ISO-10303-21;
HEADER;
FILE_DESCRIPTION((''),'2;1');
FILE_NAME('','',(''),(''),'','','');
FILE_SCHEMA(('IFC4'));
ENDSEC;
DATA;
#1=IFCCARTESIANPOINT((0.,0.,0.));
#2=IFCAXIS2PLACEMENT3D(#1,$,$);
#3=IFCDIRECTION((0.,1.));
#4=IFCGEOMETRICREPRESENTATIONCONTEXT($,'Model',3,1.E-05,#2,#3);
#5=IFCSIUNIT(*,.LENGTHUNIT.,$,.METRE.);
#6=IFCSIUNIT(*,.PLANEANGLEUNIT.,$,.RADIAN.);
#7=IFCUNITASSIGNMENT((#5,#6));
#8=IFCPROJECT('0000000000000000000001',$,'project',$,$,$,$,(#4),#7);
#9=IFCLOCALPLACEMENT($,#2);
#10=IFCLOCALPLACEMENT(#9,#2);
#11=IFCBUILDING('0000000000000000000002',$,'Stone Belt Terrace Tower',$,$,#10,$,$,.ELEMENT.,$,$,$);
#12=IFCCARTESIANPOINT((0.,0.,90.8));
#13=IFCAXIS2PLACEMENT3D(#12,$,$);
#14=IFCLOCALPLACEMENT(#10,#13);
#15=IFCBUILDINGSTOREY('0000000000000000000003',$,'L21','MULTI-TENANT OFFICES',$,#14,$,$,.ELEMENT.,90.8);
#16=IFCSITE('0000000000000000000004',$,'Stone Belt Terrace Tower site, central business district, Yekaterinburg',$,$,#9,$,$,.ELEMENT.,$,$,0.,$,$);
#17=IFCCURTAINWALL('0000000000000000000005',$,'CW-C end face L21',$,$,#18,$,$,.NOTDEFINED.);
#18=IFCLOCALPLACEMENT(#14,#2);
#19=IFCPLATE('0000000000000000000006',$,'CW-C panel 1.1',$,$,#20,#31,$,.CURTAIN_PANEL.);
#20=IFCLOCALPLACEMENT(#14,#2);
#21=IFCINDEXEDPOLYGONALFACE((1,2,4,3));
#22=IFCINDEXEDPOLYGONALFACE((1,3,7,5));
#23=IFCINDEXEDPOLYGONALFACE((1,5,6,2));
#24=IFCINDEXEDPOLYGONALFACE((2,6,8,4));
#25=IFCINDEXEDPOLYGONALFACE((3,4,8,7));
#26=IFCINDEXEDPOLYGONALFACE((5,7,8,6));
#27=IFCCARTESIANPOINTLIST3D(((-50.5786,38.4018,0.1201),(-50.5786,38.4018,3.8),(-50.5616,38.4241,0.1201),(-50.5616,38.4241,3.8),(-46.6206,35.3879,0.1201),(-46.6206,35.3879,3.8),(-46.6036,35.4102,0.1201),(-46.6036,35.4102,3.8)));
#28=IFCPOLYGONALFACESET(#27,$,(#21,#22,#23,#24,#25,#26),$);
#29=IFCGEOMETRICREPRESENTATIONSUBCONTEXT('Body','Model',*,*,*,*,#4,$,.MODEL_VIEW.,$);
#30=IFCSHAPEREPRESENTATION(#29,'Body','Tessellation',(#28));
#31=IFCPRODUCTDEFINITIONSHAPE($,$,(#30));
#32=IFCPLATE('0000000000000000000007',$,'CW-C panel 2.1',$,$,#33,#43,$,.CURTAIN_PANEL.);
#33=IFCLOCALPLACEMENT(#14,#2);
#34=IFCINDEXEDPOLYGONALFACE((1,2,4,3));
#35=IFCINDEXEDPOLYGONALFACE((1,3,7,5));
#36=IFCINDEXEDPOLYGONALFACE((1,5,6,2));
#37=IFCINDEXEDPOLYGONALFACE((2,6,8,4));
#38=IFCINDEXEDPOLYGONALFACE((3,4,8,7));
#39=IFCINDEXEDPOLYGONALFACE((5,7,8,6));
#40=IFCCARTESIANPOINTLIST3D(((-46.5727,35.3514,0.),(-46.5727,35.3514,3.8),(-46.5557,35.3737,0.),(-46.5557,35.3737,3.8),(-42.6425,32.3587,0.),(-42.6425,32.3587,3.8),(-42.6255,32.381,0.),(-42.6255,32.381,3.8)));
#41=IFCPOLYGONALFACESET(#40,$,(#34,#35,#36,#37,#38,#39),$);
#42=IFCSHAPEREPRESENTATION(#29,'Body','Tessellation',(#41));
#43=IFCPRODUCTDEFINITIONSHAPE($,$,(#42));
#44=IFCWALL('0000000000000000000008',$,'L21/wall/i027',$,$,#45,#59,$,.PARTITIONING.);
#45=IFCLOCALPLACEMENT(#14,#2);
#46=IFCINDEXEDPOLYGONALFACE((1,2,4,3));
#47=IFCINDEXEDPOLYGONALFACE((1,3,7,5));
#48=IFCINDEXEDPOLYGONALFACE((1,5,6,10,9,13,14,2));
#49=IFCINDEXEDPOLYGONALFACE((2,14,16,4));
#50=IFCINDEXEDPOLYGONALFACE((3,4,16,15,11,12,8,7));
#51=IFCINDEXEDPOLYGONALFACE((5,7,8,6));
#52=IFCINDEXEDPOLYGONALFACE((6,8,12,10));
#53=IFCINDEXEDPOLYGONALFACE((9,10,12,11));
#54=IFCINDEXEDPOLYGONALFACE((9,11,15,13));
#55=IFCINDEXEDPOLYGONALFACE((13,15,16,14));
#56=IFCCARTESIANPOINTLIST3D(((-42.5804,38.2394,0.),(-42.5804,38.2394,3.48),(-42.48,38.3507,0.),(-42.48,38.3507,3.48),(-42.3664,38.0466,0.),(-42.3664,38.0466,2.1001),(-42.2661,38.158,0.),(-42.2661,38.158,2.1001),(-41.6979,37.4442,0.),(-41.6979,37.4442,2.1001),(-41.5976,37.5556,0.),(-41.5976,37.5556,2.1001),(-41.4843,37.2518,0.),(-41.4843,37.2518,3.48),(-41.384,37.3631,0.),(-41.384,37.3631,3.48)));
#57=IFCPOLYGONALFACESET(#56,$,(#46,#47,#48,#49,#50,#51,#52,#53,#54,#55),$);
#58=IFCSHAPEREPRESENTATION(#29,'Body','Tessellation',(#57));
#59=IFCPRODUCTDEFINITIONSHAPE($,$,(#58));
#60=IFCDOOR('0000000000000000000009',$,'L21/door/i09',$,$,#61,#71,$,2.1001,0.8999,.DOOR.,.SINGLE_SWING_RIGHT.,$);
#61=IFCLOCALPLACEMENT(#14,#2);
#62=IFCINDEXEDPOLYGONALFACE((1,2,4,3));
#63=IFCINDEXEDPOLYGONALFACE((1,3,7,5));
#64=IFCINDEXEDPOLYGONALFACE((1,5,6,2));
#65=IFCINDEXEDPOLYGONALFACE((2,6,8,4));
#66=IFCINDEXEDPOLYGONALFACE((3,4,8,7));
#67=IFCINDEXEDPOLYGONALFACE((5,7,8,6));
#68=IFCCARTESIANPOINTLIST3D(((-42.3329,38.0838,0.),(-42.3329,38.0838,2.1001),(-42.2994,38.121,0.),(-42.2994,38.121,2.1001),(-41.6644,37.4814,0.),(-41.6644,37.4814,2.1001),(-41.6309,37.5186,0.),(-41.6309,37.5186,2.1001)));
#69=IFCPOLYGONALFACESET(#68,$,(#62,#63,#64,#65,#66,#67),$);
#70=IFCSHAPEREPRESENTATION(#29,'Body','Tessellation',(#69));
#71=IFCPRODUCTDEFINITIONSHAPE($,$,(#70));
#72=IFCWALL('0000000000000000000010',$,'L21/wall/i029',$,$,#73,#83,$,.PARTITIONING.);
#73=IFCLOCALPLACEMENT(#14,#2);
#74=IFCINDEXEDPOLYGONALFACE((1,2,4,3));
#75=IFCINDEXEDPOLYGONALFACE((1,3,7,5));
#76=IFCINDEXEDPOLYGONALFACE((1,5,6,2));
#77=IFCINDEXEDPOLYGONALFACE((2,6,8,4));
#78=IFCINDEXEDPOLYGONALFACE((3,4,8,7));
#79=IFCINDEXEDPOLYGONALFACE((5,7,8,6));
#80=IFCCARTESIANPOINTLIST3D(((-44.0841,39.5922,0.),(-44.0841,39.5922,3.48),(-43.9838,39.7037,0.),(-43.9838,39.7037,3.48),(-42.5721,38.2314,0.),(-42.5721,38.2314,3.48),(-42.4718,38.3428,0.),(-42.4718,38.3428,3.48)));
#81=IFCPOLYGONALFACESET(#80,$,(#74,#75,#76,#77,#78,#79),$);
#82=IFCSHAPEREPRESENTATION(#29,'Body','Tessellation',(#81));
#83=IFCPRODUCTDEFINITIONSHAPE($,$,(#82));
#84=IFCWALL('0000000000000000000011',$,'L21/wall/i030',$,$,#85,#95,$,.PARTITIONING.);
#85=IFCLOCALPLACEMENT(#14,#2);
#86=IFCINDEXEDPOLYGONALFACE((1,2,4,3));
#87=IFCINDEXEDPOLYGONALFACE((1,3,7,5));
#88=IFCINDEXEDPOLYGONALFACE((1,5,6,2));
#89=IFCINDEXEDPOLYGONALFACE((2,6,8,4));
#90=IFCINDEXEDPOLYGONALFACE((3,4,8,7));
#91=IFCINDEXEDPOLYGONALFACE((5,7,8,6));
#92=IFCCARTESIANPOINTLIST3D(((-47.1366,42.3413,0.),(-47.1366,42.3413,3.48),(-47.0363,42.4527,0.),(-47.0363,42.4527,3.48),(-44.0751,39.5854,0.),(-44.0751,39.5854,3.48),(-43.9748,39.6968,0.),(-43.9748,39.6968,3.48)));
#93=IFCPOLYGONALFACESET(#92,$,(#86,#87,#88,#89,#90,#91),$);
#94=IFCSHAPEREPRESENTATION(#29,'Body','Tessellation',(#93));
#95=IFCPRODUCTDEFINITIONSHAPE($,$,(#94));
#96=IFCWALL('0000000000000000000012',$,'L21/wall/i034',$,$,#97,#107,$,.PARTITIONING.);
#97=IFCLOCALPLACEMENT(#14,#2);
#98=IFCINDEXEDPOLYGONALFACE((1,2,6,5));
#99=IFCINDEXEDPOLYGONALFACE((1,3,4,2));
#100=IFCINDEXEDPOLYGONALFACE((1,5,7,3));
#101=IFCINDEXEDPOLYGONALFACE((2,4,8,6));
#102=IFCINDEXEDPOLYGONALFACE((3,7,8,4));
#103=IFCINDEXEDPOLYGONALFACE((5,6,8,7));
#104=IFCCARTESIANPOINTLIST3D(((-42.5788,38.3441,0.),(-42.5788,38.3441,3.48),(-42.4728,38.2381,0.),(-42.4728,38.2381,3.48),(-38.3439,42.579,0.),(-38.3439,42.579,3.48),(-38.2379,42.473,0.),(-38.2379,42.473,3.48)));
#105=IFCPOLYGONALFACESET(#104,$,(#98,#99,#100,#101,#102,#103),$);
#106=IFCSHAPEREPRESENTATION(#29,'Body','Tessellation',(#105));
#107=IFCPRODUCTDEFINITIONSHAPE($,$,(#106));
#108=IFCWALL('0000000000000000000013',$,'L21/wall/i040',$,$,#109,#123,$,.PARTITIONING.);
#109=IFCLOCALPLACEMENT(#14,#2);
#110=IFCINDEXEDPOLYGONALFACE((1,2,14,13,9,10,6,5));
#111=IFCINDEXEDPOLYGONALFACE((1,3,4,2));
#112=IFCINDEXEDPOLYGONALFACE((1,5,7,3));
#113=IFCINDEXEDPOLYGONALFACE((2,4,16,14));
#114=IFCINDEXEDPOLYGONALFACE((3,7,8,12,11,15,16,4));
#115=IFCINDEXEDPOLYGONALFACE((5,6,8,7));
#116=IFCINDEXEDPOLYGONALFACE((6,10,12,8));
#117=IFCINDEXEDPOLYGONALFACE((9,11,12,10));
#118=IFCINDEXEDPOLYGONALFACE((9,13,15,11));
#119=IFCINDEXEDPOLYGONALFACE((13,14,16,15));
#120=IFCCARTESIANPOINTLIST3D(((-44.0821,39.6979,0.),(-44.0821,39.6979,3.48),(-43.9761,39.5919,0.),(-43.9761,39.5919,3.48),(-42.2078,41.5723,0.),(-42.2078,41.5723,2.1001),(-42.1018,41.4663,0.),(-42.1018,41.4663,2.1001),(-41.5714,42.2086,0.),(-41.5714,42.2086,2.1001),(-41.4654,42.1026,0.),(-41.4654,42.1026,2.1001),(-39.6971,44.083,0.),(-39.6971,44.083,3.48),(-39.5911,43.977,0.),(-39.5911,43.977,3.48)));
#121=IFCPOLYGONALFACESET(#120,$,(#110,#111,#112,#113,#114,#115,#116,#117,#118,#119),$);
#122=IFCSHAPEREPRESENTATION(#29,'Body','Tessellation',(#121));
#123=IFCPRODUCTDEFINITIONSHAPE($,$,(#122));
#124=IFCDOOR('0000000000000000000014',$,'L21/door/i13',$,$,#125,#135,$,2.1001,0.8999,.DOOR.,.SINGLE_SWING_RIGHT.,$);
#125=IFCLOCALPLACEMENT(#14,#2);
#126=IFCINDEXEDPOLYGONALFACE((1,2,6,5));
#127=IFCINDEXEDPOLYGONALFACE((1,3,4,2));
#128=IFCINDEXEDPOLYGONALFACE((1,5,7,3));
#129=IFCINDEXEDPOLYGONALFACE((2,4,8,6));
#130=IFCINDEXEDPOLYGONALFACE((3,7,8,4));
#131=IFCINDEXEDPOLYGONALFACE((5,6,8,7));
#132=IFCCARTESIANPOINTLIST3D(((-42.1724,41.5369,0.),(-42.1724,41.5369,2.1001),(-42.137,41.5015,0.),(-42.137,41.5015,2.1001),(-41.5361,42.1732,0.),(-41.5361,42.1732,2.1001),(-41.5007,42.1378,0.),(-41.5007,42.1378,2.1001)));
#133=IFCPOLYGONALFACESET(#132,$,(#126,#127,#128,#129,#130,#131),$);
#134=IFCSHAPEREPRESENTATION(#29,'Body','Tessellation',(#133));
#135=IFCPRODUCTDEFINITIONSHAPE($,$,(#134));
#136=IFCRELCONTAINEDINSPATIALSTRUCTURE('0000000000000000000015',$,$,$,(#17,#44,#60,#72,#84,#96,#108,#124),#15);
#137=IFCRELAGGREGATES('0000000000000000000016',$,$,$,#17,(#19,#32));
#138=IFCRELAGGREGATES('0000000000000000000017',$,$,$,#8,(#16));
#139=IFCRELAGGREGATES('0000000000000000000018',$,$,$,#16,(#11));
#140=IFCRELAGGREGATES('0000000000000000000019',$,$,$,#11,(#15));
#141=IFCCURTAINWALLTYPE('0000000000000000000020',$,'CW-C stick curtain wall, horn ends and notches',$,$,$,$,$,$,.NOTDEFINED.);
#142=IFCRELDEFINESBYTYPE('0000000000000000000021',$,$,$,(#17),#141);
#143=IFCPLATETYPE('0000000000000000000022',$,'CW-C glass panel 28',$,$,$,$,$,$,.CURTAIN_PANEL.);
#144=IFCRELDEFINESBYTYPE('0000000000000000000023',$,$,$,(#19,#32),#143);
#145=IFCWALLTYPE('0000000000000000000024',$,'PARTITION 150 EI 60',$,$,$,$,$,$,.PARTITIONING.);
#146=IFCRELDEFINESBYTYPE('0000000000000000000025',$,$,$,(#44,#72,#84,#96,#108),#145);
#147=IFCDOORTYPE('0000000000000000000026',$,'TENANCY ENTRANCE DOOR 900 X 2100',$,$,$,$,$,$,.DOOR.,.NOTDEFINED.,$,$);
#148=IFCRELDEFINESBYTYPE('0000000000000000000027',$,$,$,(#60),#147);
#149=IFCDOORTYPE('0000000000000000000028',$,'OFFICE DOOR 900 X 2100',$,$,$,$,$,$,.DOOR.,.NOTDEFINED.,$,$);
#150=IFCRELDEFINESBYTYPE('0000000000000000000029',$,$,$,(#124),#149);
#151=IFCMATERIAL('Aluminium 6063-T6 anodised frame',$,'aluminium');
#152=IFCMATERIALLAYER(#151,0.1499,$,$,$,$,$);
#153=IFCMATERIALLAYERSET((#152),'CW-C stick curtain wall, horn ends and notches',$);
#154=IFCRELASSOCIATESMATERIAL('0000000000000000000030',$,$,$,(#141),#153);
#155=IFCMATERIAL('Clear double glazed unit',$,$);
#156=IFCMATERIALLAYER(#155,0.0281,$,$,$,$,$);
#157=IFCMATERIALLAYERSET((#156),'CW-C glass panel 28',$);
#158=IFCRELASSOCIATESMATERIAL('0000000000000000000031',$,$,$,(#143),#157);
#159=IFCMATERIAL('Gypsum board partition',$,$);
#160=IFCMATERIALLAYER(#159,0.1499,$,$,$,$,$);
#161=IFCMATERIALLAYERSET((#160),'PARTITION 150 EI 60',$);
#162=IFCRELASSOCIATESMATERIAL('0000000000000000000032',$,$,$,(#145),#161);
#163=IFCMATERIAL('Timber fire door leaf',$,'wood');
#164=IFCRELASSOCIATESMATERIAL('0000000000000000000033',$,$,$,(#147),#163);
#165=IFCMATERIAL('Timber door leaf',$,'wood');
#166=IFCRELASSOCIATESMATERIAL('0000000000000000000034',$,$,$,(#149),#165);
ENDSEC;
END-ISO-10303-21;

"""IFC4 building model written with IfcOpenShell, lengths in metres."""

from ifc_helpers import new_model, si_unit, direction, frame, frame_2d, origin, origin_2d, place, context, subcontext, project, spatial, rectangle, extrude, material, layer, layer_set, type_object, element, fill, aggregate, save


model = new_model("IFC4")

# Units and contexts
model_context = context("Model", 3, precision=1e-05, world=origin(), true_north=direction((0.0, 1.0)))
body_context = subcontext(model_context, "Body", "Model", "MODEL_VIEW")
ifc_project = project(units=[si_unit("LENGTHUNIT", "METRE"), si_unit("PLANEANGLEUNIT", "RADIAN")], contexts=[model_context])

# Site, building, storey
site_placement = place(None, origin())
site = spatial("IfcSite", under=ifc_project, at=site_placement, Name="Stone Belt Terrace Tower site, central business district, Yekaterinburg", CompositionType="ELEMENT", RefElevation=0.0)
building_placement = place(site_placement, origin())
building = spatial("IfcBuilding", under=site, at=building_placement, Name="Stone Belt Terrace Tower", CompositionType="ELEMENT")
storey_placement = place(building_placement, frame((0.0, 0.0, 90.8)))
storey = spatial("IfcBuildingStorey", under=building, at=storey_placement, Name="L21", Description="MULTI-TENANT OFFICES", CompositionType="ELEMENT", Elevation=90.8)

# Curtain wall
ifc_material_1 = material(Name="Aluminium 6063-T6 anodised frame", Category="aluminium")
ifc_layer_1 = layer(ifc_material_1, 0.1499)
ifc_layer_set_1 = layer_set([ifc_layer_1], Name="CW-C stick curtain wall, horn ends and notches")
curtain_wall_type = type_object("IfcCurtainWallType", Name="CW-C stick curtain wall, horn ends and notches", PredefinedType="NOTDEFINED", material=ifc_layer_set_1)
curtain_wall_1_placement = place(storey_placement, origin())
curtain_wall_1 = element("IfcCurtainWall", 1, at=curtain_wall_1_placement, inside=storey, type_object=curtain_wall_type, Name="CW-C end face L21", PredefinedType="NOTDEFINED")

# Shared definitions
ifc_material_2 = material(Name="Clear double glazed unit")
ifc_layer_2 = layer(ifc_material_2, 0.0281)
ifc_layer_set_2 = layer_set([ifc_layer_2], Name="CW-C glass panel 28")
plate_type = type_object("IfcPlateType", Name="CW-C glass panel 28", PredefinedType="CURTAIN_PANEL", material=ifc_layer_set_2)

# Plates
plate_1_placement = place(storey_placement, frame((-48.5911, 36.906, 0.1201), z_axis=(0.0, 0.0, 1.0), x_axis=(0.795602, -0.60582, 0.0)))
plate_1 = element("IfcPlate", 2, at=plate_1_placement, type_object=plate_type, Name="CW-C panel 1.1", PredefinedType="CURTAIN_PANEL", context=body_context, shape_type="SweptSolid", body=[
    extrude(rectangle(XDim=4.9749, YDim=0.0281, at=origin_2d()), origin(), (0.0, 0.0, 1.0), 3.6799),
])
plate_2_placement = place(storey_placement, frame((-44.5991, 33.8662, 0.0), z_axis=(0.0, 0.0, 1.0), x_axis=(0.795602, -0.60582, 0.0)))
plate_2 = element("IfcPlate", 3, at=plate_2_placement, type_object=plate_type, Name="CW-C panel 2.1", PredefinedType="CURTAIN_PANEL", context=body_context, shape_type="SweptSolid", body=[
    extrude(rectangle(XDim=4.9399, YDim=0.0281, at=origin_2d()), origin(), (0.0, 0.0, 1.0), 3.8),
])
aggregate(curtain_wall_1, [plate_1, plate_2])

# Wall, opening, door
ifc_material_3 = material(Name="Gypsum board partition")
ifc_layer_3 = layer(ifc_material_3, 0.1499)
ifc_layer_set_3 = layer_set([ifc_layer_3], Name="PARTITION 150 EI 60")
wall_type = type_object("IfcWallType", Name="PARTITION 150 EI 60", PredefinedType="PARTITIONING", material=ifc_layer_set_3)
wall_1_placement = place(storey_placement, frame((-41.4341, 37.3074, 0.0), z_axis=(0.0, 0.0, 1.0), x_axis=(-0.742891, 0.669413, 0.0)))
wall_1 = element("IfcWall", 4, at=wall_1_placement, inside=storey, type_object=wall_type, Name="L21/wall/i027", PredefinedType="PARTITIONING", context=body_context, shape_type="SweptSolid", body=[
    extrude(rectangle(XDim=1.4753, YDim=0.1499, at=frame_2d((0.7378, 0.0))), origin(), (0.0, 0.0, 1.0), 3.48),
])
opening_1_placement = place(wall_1_placement, frame((0.2876, 0.0, 0.0)))
opening_1 = element("IfcOpeningElement", 5, at=opening_1_placement, cuts=wall_1, PredefinedType="OPENING", context=body_context, shape_type="SweptSolid", body=[
    extrude(rectangle(XDim=0.8999, YDim=2.1001, at=frame_2d((0.45, 1.05))), frame((0.0, 0.085, 0.0), z_axis=(0.0, -1.0, 0.0), x_axis=(1.0, 0.0, 0.0)), (0.0, 0.0, 1.0), 0.1699),
])
ifc_material_4 = material(Name="Timber fire door leaf", Category="wood")
door_type_1 = type_object("IfcDoorType", Name="TENANCY ENTRANCE DOOR 900 X 2100", OperationType="NOTDEFINED", PredefinedType="DOOR", material=ifc_material_4)
door_1_placement = place(opening_1_placement, origin())
door_1 = element("IfcDoor", 6, at=door_1_placement, inside=storey, type_object=door_type_1, Name="L21/door/i09", OperationType="SINGLE_SWING_RIGHT", OverallHeight=2.1001, OverallWidth=0.8999, PredefinedType="DOOR", context=body_context, shape_type="SweptSolid", body=[
    extrude(rectangle(XDim=0.8999, YDim=2.1001, at=frame_2d((0.45, 1.05))), frame((0.0, 0.0249, 0.0), z_axis=(0.0, -1.0, 0.0), x_axis=(1.0, 0.0, 0.0)), (0.0, 0.0, 1.0), 0.05),
])
fill(opening_1, door_1)

# Walls
wall_2_placement = place(storey_placement, frame((-44.0339, 39.6479, 0.0), z_axis=(0.0, 0.0, 1.0), x_axis=(0.743276, -0.668985, 0.0)))
element("IfcWall", 7, at=wall_2_placement, inside=storey, type_object=wall_type, Name="L21/wall/i029", PredefinedType="PARTITIONING", context=body_context, shape_type="SweptSolid", body=[
    extrude(rectangle(XDim=2.0342, YDim=0.1499, at=frame_2d((1.0171, 0.0))), origin(), (0.0, 0.0, 1.0), 3.48),
])
wall_3_placement = place(storey_placement, frame((-47.0864, 42.397, 0.0), z_axis=(0.0, 0.0, 1.0), x_axis=(0.743235, -0.66903, 0.0)))
element("IfcWall", 8, at=wall_3_placement, inside=storey, type_object=wall_type, Name="L21/wall/i030", PredefinedType="PARTITIONING", context=body_context, shape_type="SweptSolid", body=[
    extrude(rectangle(XDim=4.1191, YDim=0.1499, at=frame_2d((2.0596, 0.0))), origin(), (0.0, 0.0, 1.0), 3.48),
])
wall_4_placement = place(storey_placement, frame((-42.5259, 38.291, 0.0), z_axis=(0.0, 0.0, 1.0), x_axis=(0.707107, 0.707107, 0.0)))
element("IfcWall", 9, at=wall_4_placement, inside=storey, type_object=wall_type, Name="L21/wall/i034", PredefinedType="PARTITIONING", context=body_context, shape_type="SweptSolid", body=[
    extrude(rectangle(XDim=5.989, YDim=0.1499, at=frame_2d((2.9946, 0.0))), origin(), (0.0, 0.0, 1.0), 3.48),
])

# Wall, opening, door
wall_5_placement = place(storey_placement, frame((-44.0291, 39.645, 0.0), z_axis=(0.0, 0.0, 1.0), x_axis=(0.707107, 0.707107, 0.0)))
wall_5 = element("IfcWall", 10, at=wall_5_placement, inside=storey, type_object=wall_type, Name="L21/wall/i040", PredefinedType="PARTITIONING", context=body_context, shape_type="SweptSolid", body=[
    extrude(rectangle(XDim=6.2014, YDim=0.1499, at=frame_2d((3.1006, 0.0))), origin(), (0.0, 0.0, 1.0), 3.48),
])
opening_2_placement = place(wall_5_placement, frame((2.6506, 0.0, 0.0)))
opening_2 = element("IfcOpeningElement", 11, at=opening_2_placement, cuts=wall_5, PredefinedType="OPENING", context=body_context, shape_type="SweptSolid", body=[
    extrude(rectangle(XDim=0.8999, YDim=2.1001, at=frame_2d((0.45, 1.05))), frame((0.0, 0.085, 0.0), z_axis=(0.0, -1.0, 0.0), x_axis=(1.0, 0.0, 0.0)), (0.0, 0.0, 1.0), 0.1699),
])
ifc_material_5 = material(Name="Timber door leaf", Category="wood")
door_type_2 = type_object("IfcDoorType", Name="OFFICE DOOR 900 X 2100", OperationType="NOTDEFINED", PredefinedType="DOOR", material=ifc_material_5)
door_2_placement = place(opening_2_placement, origin())
door_2 = element("IfcDoor", 12, at=door_2_placement, inside=storey, type_object=door_type_2, Name="L21/door/i13", OperationType="SINGLE_SWING_RIGHT", OverallHeight=2.1001, OverallWidth=0.8999, PredefinedType="DOOR", context=body_context, shape_type="SweptSolid", body=[
    extrude(rectangle(XDim=0.8999, YDim=2.1001, at=frame_2d((0.45, 1.05))), frame((0.0, 0.0249, 0.0), z_axis=(0.0, -1.0, 0.0), x_axis=(1.0, 0.0, 0.0)), (0.0, 0.0, 1.0), 0.05),
])
fill(opening_2, door_2)

save(model, "model.ifc")
